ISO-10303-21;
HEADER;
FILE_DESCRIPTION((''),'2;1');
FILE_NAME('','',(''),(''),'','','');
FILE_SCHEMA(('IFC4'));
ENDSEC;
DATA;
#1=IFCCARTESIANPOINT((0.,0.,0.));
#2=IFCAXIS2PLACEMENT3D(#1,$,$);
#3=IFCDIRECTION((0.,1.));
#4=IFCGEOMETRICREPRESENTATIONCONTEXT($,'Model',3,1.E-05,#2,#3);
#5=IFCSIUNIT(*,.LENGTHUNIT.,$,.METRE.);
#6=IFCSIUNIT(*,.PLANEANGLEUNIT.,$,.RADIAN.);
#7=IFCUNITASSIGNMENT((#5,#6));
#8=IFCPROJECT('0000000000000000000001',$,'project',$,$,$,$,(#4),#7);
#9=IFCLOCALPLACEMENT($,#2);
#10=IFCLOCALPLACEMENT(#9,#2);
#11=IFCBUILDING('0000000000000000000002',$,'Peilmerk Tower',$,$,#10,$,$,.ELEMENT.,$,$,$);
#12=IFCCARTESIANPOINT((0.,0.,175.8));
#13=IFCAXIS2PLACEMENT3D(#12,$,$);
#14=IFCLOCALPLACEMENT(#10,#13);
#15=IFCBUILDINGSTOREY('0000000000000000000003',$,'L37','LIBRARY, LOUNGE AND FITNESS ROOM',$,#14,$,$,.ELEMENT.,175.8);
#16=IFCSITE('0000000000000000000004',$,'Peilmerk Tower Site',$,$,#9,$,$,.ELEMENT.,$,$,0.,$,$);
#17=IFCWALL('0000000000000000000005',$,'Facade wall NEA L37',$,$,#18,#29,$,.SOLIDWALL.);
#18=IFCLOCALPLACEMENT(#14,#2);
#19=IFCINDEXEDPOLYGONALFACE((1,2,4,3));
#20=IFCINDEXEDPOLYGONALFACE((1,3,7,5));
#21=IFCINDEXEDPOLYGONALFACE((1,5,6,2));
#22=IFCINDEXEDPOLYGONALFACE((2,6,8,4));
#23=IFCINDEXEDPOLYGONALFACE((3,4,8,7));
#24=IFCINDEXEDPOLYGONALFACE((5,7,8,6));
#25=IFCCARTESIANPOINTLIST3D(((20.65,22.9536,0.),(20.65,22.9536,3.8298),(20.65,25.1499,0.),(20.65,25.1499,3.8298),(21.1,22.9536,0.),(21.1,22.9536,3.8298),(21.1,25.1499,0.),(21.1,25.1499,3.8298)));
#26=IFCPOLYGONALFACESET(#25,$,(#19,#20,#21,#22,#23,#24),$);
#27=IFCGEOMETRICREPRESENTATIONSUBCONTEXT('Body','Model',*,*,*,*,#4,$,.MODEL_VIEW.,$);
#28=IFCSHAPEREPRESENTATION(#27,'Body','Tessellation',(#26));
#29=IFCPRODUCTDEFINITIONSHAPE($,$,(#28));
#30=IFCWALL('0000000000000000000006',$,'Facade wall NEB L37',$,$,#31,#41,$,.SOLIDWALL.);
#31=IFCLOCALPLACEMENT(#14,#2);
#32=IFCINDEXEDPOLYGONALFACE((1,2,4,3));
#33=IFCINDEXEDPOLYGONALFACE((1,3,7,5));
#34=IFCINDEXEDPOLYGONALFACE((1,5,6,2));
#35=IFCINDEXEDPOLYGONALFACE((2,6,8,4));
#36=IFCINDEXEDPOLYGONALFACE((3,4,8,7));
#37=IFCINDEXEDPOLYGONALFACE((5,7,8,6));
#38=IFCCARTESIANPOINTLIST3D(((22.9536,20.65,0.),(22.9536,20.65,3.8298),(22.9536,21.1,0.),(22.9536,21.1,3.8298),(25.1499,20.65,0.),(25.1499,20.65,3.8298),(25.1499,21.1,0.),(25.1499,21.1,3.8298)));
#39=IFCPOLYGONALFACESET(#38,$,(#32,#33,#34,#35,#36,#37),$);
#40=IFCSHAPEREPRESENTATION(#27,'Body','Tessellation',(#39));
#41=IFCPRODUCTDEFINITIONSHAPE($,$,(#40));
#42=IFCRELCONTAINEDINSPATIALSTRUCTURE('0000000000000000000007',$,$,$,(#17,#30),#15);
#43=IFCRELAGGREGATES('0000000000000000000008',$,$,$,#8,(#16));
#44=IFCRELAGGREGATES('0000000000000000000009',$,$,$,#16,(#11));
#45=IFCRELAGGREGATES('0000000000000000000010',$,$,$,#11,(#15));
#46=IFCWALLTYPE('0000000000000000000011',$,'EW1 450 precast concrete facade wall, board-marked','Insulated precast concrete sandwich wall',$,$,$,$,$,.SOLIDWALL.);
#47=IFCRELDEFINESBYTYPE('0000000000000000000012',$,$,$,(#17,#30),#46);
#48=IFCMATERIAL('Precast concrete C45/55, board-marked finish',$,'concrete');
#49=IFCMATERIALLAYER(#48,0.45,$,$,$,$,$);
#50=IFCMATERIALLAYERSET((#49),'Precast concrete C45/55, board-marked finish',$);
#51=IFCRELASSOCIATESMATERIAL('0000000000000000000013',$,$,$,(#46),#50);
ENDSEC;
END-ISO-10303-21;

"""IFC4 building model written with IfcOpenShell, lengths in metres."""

from ifc_helpers import new_model, si_unit, direction, frame, frame_2d, origin, place, context, subcontext, project, spatial, rectangle, extrude, material, layer, layer_set, type_object, element, save


model = new_model("IFC4")

# Units and contexts
model_context = context("Model", 3, precision=1e-05, world=origin(), true_north=direction((0.0, 1.0)))
body_context = subcontext(model_context, "Body", "Model", "MODEL_VIEW")
ifc_project = project(units=[si_unit("LENGTHUNIT", "METRE"), si_unit("PLANEANGLEUNIT", "RADIAN")], contexts=[model_context])

# Site, building, storey
site_placement = place(None, origin())
site = spatial("IfcSite", under=ifc_project, at=site_placement, Name="Peilmerk Tower Site", CompositionType="ELEMENT", RefElevation=0.0)
building_placement = place(site_placement, origin())
building = spatial("IfcBuilding", under=site, at=building_placement, Name="Peilmerk Tower", CompositionType="ELEMENT")
storey_placement = place(building_placement, frame((0.0, 0.0, 175.8)))
storey = spatial("IfcBuildingStorey", under=building, at=storey_placement, Name="L37", Description="LIBRARY, LOUNGE AND FITNESS ROOM", CompositionType="ELEMENT", Elevation=175.8)

# Shared definitions
ifc_material_1 = material(Name="Precast concrete C45/55, board-marked finish", Category="concrete")
ifc_layer_1 = layer(ifc_material_1, 0.45)
ifc_layer_set_1 = layer_set([ifc_layer_1], Name="Precast concrete C45/55, board-marked finish")
wall_type = type_object("IfcWallType", Name="EW1 450 precast concrete facade wall, board-marked", Description="Insulated precast concrete sandwich wall", PredefinedType="SOLIDWALL", material=ifc_layer_set_1)

# Walls
for number, where, z_axis, x_axis, name in (
    (1, (20.875, 22.9536, 0.0), (0.0, 0.0, 1.0), (0.0, 1.0, 0.0), "Facade wall NEA L37"),
    (2, (22.9536, 20.875, 0.0), (0.0, 0.0, 1.0), (1.0, 0.0, 0.0), "Facade wall NEB L37"),
):
    element("IfcWall", number, at=place(storey_placement, frame(where, z_axis=z_axis, x_axis=x_axis)), inside=storey, type_object=wall_type, Name=name, PredefinedType="SOLIDWALL", context=body_context, shape_type="SweptSolid", body=[
        extrude(rectangle(XDim=2.1963, YDim=0.45, at=frame_2d((1.0981, 0.0))), origin(), (0.0, 0.0, 1.0), 3.8298),
    ])

save(model, "model.ifc")
